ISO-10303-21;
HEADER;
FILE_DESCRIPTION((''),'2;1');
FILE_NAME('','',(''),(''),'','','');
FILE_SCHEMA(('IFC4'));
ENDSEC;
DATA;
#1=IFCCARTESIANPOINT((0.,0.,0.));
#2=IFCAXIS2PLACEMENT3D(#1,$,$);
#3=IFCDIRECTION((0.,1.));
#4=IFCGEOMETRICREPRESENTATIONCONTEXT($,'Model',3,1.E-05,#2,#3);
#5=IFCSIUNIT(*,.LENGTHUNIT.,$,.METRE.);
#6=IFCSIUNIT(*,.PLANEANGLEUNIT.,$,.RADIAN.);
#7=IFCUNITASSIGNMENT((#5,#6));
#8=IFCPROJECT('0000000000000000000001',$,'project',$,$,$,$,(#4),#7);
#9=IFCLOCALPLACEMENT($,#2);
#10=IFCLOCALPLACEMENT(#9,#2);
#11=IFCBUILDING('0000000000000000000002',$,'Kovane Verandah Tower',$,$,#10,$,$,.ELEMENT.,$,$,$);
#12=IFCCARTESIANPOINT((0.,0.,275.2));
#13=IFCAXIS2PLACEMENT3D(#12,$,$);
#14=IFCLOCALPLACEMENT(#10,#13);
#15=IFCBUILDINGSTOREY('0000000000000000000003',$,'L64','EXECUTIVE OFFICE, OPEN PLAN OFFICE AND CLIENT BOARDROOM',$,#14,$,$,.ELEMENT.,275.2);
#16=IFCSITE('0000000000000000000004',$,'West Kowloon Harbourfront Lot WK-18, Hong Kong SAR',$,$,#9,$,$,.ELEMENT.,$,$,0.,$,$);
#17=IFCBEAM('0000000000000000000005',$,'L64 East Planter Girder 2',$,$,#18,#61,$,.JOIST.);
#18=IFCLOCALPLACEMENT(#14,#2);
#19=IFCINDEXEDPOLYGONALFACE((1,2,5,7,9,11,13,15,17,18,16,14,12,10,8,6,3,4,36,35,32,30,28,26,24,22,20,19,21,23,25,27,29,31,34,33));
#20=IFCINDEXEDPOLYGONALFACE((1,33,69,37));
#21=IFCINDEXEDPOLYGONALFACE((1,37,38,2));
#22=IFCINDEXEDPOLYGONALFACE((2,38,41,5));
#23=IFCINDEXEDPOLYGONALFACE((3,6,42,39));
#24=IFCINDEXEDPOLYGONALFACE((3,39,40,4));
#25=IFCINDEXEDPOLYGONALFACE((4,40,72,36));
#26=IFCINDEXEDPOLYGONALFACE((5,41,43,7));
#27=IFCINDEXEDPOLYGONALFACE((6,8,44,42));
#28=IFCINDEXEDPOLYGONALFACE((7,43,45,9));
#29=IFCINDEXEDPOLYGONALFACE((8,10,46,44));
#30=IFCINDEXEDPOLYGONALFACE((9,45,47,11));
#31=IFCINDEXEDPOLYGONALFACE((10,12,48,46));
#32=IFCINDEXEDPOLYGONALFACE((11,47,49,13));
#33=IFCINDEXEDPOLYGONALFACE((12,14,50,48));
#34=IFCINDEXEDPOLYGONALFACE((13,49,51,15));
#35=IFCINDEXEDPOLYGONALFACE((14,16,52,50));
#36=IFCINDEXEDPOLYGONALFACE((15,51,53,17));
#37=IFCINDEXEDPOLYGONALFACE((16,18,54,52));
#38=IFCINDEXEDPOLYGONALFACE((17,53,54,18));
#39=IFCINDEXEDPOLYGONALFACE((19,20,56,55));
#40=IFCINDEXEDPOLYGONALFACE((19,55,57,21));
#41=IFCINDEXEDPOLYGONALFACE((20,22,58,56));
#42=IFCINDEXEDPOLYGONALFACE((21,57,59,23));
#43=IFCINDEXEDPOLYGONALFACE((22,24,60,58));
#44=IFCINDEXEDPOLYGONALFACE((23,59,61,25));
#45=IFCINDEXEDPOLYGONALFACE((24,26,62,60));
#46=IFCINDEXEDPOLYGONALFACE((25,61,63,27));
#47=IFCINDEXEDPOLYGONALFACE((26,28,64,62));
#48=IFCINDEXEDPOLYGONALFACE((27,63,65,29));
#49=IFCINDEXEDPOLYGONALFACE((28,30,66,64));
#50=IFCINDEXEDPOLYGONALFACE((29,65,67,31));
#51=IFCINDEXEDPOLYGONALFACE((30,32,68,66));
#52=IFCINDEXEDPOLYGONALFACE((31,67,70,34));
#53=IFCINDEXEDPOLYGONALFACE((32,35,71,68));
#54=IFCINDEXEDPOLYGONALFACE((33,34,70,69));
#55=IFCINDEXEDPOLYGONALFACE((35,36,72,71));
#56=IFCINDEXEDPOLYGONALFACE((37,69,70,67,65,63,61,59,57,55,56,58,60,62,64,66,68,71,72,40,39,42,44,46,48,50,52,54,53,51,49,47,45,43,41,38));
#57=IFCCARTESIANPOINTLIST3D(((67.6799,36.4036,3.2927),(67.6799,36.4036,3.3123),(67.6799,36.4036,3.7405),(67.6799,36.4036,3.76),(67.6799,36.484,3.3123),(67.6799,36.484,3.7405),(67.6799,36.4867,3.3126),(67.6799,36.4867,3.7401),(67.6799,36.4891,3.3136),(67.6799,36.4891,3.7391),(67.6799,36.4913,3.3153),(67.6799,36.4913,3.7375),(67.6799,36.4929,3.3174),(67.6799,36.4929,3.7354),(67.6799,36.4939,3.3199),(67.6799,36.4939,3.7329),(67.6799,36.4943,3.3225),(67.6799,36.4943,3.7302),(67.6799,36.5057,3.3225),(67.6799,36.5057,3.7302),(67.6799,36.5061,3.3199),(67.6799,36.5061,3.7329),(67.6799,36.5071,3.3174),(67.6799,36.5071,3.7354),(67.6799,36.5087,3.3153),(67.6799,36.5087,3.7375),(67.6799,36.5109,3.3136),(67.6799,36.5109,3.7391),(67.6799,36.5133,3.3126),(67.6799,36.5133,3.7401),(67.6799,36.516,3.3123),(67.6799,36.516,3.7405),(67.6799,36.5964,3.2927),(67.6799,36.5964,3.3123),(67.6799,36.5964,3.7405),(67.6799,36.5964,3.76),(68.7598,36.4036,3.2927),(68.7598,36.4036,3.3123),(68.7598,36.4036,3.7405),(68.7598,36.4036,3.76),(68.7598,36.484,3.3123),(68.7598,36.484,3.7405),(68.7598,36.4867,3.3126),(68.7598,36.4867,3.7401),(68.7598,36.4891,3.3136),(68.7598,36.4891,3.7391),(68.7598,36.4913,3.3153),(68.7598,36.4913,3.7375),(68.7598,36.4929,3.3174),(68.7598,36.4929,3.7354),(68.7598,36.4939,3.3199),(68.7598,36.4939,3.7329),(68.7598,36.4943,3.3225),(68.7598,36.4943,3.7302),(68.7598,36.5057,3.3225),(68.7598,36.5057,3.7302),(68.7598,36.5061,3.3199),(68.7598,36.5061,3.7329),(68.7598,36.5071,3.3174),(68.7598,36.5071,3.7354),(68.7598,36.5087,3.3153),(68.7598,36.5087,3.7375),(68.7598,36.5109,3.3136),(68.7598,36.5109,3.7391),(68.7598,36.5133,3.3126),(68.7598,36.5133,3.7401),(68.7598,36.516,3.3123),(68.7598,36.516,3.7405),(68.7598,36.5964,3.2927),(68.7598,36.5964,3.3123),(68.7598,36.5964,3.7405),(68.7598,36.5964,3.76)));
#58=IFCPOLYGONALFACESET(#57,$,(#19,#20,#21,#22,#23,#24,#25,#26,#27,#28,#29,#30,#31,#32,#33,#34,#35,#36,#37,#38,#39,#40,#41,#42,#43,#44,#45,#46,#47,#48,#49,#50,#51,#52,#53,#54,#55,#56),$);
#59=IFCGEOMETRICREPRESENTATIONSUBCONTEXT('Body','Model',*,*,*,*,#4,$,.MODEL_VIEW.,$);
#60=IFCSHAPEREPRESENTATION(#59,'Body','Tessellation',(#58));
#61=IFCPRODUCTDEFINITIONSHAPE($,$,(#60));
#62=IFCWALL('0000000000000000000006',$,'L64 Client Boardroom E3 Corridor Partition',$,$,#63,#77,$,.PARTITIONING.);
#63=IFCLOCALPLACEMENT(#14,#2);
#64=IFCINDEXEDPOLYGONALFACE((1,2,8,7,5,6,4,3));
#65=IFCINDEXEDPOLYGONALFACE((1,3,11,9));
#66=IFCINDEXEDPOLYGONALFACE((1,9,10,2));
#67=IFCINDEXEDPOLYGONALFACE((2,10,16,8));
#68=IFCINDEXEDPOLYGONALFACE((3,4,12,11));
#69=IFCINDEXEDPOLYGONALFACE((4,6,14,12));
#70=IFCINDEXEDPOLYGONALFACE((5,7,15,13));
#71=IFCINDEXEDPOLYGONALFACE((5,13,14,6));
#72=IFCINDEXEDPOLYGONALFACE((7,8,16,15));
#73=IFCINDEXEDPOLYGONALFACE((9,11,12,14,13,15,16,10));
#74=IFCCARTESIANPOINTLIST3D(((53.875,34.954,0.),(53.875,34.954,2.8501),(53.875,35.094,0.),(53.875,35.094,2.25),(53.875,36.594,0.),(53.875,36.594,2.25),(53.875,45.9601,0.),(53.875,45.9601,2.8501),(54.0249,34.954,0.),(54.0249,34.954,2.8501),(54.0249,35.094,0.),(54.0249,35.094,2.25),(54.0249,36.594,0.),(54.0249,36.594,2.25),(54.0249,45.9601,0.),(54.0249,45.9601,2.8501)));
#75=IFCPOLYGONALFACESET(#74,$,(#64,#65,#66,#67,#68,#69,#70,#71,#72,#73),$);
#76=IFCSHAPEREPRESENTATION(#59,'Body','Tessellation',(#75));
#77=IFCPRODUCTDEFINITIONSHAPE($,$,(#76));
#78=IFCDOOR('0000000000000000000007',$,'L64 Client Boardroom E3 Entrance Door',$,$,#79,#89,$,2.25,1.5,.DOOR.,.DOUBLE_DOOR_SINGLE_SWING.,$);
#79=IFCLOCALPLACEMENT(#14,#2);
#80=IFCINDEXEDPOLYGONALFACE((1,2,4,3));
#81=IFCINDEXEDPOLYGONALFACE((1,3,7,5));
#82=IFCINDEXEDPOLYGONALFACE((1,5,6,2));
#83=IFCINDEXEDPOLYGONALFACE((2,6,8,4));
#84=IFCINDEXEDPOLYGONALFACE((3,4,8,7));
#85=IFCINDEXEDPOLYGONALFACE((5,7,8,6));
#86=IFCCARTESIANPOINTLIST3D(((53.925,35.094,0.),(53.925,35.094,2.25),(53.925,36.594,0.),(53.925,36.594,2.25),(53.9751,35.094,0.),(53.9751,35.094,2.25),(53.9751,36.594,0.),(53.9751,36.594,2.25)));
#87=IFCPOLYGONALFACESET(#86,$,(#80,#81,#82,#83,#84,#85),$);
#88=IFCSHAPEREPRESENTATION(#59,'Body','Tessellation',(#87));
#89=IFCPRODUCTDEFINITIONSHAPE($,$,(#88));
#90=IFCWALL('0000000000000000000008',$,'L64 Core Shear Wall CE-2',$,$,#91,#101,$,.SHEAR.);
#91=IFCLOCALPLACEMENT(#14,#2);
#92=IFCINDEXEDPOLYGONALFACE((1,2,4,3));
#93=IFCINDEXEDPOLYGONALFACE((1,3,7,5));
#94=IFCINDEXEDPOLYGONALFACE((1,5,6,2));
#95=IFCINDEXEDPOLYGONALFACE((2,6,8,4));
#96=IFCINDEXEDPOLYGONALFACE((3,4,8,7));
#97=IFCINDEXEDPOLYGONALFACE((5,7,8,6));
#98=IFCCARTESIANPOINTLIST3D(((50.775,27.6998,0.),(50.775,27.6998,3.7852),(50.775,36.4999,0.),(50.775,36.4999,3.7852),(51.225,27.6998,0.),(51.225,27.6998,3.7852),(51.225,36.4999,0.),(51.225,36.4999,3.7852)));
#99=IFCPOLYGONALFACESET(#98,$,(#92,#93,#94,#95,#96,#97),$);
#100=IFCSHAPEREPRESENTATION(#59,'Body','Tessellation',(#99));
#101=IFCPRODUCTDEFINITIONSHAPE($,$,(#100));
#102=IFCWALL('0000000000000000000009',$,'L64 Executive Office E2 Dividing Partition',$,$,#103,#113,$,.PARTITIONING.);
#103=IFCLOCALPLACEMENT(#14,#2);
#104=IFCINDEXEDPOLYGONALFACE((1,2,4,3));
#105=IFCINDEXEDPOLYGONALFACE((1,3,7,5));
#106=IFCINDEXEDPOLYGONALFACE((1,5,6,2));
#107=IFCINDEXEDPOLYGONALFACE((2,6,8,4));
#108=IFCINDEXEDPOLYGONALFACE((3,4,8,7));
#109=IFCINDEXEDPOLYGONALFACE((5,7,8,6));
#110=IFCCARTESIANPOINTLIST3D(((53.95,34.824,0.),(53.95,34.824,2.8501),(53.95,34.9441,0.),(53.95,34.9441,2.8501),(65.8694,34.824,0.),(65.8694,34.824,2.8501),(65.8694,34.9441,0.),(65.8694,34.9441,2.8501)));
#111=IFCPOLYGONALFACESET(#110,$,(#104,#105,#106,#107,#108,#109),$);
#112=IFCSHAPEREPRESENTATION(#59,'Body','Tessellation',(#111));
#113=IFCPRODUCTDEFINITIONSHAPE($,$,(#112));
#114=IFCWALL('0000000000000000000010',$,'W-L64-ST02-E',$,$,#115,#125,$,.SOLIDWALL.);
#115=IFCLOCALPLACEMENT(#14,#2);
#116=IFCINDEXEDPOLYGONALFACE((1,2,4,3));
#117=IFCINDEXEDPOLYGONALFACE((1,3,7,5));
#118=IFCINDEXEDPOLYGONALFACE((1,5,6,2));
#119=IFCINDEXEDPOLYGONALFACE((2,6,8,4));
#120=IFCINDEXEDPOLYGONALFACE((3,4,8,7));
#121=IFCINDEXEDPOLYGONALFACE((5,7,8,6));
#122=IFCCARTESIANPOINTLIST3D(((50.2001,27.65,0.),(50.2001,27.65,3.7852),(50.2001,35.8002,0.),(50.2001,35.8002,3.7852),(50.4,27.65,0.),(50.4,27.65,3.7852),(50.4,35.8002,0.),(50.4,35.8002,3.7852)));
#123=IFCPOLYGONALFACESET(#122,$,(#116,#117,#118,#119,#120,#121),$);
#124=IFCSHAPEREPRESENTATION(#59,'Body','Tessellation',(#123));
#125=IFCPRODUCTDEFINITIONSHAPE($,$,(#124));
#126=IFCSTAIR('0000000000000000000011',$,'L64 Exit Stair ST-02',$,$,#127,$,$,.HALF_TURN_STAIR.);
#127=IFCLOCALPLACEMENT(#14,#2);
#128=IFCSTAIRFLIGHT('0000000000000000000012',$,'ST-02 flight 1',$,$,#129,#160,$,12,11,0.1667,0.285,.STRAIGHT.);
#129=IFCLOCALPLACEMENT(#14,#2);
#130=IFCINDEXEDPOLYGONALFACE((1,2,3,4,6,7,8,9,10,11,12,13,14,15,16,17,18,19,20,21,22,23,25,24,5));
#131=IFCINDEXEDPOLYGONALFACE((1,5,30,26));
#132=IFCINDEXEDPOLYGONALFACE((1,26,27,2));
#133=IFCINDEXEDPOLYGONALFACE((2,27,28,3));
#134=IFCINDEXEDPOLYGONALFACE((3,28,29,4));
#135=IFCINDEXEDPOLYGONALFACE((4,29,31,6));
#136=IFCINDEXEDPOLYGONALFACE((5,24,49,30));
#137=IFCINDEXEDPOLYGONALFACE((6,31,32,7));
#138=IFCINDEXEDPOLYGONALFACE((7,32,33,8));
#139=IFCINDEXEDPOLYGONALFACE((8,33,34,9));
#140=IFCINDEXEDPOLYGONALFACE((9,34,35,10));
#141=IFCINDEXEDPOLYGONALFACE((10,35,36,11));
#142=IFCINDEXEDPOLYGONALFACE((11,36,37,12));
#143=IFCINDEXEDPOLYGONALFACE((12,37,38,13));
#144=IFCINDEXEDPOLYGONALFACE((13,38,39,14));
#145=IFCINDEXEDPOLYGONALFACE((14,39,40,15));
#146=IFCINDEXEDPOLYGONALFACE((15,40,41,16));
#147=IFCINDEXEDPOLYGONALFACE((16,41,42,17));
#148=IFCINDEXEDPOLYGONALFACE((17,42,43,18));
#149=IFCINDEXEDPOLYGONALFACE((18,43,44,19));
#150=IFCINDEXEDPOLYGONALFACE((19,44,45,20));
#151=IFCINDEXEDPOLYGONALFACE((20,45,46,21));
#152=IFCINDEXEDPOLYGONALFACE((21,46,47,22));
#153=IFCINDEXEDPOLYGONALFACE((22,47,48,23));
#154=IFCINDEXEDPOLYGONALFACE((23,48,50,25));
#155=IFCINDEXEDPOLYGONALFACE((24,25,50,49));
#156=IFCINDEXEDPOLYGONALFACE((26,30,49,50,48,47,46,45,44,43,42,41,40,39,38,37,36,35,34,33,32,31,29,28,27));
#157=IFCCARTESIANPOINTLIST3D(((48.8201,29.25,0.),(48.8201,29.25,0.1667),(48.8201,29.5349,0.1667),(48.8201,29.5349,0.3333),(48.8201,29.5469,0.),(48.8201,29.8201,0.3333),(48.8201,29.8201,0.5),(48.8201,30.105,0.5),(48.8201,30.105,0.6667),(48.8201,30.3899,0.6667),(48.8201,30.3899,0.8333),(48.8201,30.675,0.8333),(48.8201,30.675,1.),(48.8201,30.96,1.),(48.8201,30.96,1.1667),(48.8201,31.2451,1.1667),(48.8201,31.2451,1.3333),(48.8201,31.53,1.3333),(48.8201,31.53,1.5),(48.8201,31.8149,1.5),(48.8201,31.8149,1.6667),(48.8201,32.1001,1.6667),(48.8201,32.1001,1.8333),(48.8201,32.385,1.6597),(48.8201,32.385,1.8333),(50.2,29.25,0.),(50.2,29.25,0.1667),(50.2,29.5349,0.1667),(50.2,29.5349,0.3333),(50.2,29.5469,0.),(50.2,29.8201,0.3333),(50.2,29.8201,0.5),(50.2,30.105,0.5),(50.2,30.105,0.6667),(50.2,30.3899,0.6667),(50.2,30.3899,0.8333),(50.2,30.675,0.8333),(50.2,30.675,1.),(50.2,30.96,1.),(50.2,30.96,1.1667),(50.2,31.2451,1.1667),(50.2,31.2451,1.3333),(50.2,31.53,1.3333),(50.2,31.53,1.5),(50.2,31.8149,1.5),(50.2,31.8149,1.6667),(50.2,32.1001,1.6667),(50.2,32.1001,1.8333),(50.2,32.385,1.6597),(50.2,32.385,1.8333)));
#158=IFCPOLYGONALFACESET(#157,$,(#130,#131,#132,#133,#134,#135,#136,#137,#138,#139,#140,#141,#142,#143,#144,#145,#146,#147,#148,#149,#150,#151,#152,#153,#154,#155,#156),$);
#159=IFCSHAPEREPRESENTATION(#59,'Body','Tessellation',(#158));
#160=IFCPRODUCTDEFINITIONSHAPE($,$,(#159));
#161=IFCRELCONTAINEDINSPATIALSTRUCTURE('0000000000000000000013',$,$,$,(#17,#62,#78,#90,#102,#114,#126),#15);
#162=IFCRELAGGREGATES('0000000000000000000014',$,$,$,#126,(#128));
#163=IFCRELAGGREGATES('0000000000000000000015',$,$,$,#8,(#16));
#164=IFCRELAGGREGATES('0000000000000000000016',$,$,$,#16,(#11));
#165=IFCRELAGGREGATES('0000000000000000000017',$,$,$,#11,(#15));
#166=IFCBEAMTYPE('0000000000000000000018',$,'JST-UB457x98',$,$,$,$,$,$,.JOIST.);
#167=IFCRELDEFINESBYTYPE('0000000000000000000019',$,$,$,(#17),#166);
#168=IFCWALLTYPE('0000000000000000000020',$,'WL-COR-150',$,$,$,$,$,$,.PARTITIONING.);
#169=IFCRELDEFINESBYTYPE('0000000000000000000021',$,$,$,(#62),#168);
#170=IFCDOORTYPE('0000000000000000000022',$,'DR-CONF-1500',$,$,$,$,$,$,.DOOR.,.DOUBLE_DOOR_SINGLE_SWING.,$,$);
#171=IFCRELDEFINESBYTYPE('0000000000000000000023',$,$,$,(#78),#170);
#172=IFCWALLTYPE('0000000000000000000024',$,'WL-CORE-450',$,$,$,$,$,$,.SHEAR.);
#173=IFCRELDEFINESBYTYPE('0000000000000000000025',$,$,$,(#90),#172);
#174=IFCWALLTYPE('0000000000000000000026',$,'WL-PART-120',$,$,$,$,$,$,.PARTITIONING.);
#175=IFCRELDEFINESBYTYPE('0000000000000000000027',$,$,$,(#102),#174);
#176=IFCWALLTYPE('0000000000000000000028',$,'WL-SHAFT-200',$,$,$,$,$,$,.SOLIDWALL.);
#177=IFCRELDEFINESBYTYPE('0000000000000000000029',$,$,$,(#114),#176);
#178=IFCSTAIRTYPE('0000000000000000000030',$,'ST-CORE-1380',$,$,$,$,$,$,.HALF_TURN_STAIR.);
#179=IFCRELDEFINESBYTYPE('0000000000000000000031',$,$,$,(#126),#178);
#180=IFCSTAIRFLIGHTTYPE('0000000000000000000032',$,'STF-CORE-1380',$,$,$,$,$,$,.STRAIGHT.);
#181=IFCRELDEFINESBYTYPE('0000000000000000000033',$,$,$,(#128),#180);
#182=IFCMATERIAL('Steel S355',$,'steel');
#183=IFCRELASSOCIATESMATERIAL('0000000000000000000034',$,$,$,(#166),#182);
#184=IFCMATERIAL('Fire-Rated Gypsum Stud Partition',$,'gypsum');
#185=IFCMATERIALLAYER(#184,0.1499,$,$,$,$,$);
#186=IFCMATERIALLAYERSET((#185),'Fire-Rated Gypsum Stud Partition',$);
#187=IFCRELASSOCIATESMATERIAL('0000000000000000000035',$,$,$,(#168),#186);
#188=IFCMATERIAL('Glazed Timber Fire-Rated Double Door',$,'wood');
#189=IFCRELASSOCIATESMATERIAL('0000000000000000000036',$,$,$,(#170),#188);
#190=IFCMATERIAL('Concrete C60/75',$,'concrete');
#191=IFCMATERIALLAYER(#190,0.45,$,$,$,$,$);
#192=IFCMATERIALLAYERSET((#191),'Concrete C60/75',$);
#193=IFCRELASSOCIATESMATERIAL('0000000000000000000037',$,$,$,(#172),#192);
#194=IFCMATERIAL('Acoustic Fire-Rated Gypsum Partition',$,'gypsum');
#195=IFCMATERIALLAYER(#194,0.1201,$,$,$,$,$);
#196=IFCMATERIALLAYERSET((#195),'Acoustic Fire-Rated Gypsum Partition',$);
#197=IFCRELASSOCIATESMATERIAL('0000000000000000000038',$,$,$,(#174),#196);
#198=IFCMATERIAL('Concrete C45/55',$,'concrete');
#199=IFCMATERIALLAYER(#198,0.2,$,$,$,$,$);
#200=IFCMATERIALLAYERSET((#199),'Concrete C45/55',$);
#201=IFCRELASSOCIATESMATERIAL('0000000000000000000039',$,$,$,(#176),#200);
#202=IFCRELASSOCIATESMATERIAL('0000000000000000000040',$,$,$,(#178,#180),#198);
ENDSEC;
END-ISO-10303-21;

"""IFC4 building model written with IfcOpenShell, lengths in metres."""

from ifc_helpers import new_model, si_unit, direction, frame, frame_2d, origin, origin_2d, place, context, subcontext, project, spatial, polyline, rectangle, i_section, outline, extrude, material, layer, layer_set, material_profile, profile_set, type_object, element, fill, aggregate, save


model = new_model("IFC4")

# Units and contexts
model_context = context("Model", 3, precision=1e-05, world=origin(), true_north=direction((0.0, 1.0)))
body_context = subcontext(model_context, "Body", "Model", "MODEL_VIEW")
ifc_project = project(units=[si_unit("LENGTHUNIT", "METRE"), si_unit("PLANEANGLEUNIT", "RADIAN")], contexts=[model_context])

# Site, building, storey
site_placement = place(None, origin())
site = spatial("IfcSite", under=ifc_project, at=site_placement, Name="West Kowloon Harbourfront Lot WK-18, Hong Kong SAR", CompositionType="ELEMENT", RefElevation=0.0)
building_placement = place(site_placement, origin())
building = spatial("IfcBuilding", under=site, at=building_placement, Name="Kovane Verandah Tower", CompositionType="ELEMENT")
storey_placement = place(building_placement, frame((0.0, 0.0, 275.2)))
storey = spatial("IfcBuildingStorey", under=building, at=storey_placement, Name="L64", Description="EXECUTIVE OFFICE, OPEN PLAN OFFICE AND CLIENT BOARDROOM", CompositionType="ELEMENT", Elevation=275.2)

# Shared definitions
ifc_material_1 = material(Name="Concrete C60/75", Category="concrete")

# Beam
ifc_material_2 = material(Name="Steel S355", Category="steel")
ifc_material_profile_1 = material_profile(ifc_material_2, i_section(OverallWidth=0.1929, OverallDepth=0.4673, WebThickness=0.0115, FlangeThickness=0.0195, FilletRadius=0.0103, at=origin_2d()), Name="UB457x191x98")
ifc_profile_set_1 = profile_set([ifc_material_profile_1], Name="Steel S355")
beam_type_1 = type_object("IfcBeamType", Name="JST-UB457x98", PredefinedType="JOIST", material=ifc_profile_set_1)
beam_1_placement = place(storey_placement, frame((67.6799, 36.5, 3.5264), z_axis=(1.0, 0.0, 0.0), x_axis=(0.0, 1.0, 0.0)))
element("IfcBeam", 1, at=beam_1_placement, inside=storey, type_object=beam_type_1, Name="L64 East Planter Girder 2", PredefinedType="JOIST", context=body_context, shape_type="SweptSolid", body=[
    extrude(i_section(OverallWidth=0.1929, OverallDepth=0.4673, WebThickness=0.0115, FlangeThickness=0.0195, FilletRadius=0.0103, at=origin_2d()), origin(), (0.0, 0.0, 1.0), 1.0798),
])

# Wall, opening, door
ifc_material_3 = material(Name="Fire-Rated Gypsum Stud Partition", Category="gypsum")
ifc_layer_1 = layer(ifc_material_3, 0.1499)
ifc_layer_set_1 = layer_set([ifc_layer_1], Name="Fire-Rated Gypsum Stud Partition")
wall_type_1 = type_object("IfcWallType", Name="WL-COR-150", PredefinedType="PARTITIONING", material=ifc_layer_set_1)
wall_1_placement = place(storey_placement, frame((53.95, 34.9541, 0.0), z_axis=(0.0, 0.0, 1.0), x_axis=(0.0, 1.0, 0.0)))
wall_1 = element("IfcWall", 2, at=wall_1_placement, inside=storey, type_object=wall_type_1, Name="L64 Client Boardroom E3 Corridor Partition", PredefinedType="PARTITIONING", context=body_context, shape_type="SweptSolid", body=[
    extrude(rectangle(XDim=11.0061, YDim=0.1499, at=frame_2d((5.5029, 0.0))), origin(), (0.0, 0.0, 1.0), 2.8501),
])
opening_placement = place(wall_1_placement, frame((0.1399, 0.0, 0.0)))
opening = element("IfcOpeningElement", 3, at=opening_placement, cuts=wall_1, PredefinedType="OPENING", context=body_context, shape_type="SweptSolid", body=[
    extrude(rectangle(XDim=1.5, YDim=2.25, at=frame_2d((0.75, 1.125))), frame((0.0, 0.075, 0.0), z_axis=(0.0, -1.0, 0.0), x_axis=(1.0, 0.0, 0.0)), (0.0, 0.0, 1.0), 0.1499),
])
ifc_material_4 = material(Name="Glazed Timber Fire-Rated Double Door", Category="wood")
door_type = type_object("IfcDoorType", Name="DR-CONF-1500", OperationType="DOUBLE_DOOR_SINGLE_SWING", PredefinedType="DOOR", material=ifc_material_4)
door_placement = place(opening_placement, origin())
door = element("IfcDoor", 4, at=door_placement, inside=storey, type_object=door_type, Name="L64 Client Boardroom E3 Entrance Door", OperationType="DOUBLE_DOOR_SINGLE_SWING", OverallHeight=2.25, OverallWidth=1.5, PredefinedType="DOOR", context=body_context, shape_type="SweptSolid", body=[
    extrude(rectangle(XDim=1.5, YDim=2.25, at=frame_2d((0.75, 1.125))), frame((0.0, 0.0249, 0.0), z_axis=(0.0, -1.0, 0.0), x_axis=(1.0, 0.0, 0.0)), (0.0, 0.0, 1.0), 0.05),
])
fill(opening, door)

# Walls
ifc_layer_2 = layer(ifc_material_1, 0.45)
ifc_layer_set_2 = layer_set([ifc_layer_2], Name="Concrete C60/75")
wall_type_2 = type_object("IfcWallType", Name="WL-CORE-450", PredefinedType="SHEAR", material=ifc_layer_set_2)
wall_2_placement = place(storey_placement, frame((51.0, 27.7, 0.0), z_axis=(0.0, 0.0, 1.0), x_axis=(0.0, 1.0, 0.0)))
element("IfcWall", 5, at=wall_2_placement, inside=storey, type_object=wall_type_2, Name="L64 Core Shear Wall CE-2", PredefinedType="SHEAR", context=body_context, shape_type="SweptSolid", body=[
    extrude(rectangle(XDim=8.8, YDim=0.45, at=frame_2d((4.3999, 0.0))), origin(), (0.0, 0.0, 1.0), 3.7852),
])
ifc_material_5 = material(Name="Acoustic Fire-Rated Gypsum Partition", Category="gypsum")
ifc_layer_3 = layer(ifc_material_5, 0.1201)
ifc_layer_set_3 = layer_set([ifc_layer_3], Name="Acoustic Fire-Rated Gypsum Partition")
wall_type_3 = type_object("IfcWallType", Name="WL-PART-120", PredefinedType="PARTITIONING", material=ifc_layer_set_3)
wall_3_placement = place(storey_placement, frame((53.95, 34.884, 0.0), z_axis=(0.0, 0.0, 1.0), x_axis=(1.0, 0.0, 0.0)))
element("IfcWall", 6, at=wall_3_placement, inside=storey, type_object=wall_type_3, Name="L64 Executive Office E2 Dividing Partition", PredefinedType="PARTITIONING", context=body_context, shape_type="SweptSolid", body=[
    extrude(rectangle(XDim=11.9194, YDim=0.1201, at=frame_2d((5.9597, 0.0))), origin(), (0.0, 0.0, 1.0), 2.8501),
])
ifc_material_6 = material(Name="Concrete C45/55", Category="concrete")
ifc_layer_4 = layer(ifc_material_6, 0.2)
ifc_layer_set_4 = layer_set([ifc_layer_4], Name="Concrete C45/55")
wall_type_4 = type_object("IfcWallType", Name="WL-SHAFT-200", PredefinedType="SOLIDWALL", material=ifc_layer_set_4)
wall_4_placement = place(storey_placement, frame((50.3, 27.6499, 0.0), z_axis=(0.0, 0.0, 1.0), x_axis=(0.0, 1.0, 0.0)))
element("IfcWall", 7, at=wall_4_placement, inside=storey, type_object=wall_type_4, Name="W-L64-ST02-E", PredefinedType="SOLIDWALL", context=body_context, shape_type="SweptSolid", body=[
    extrude(rectangle(XDim=8.1501, YDim=0.2, at=frame_2d((4.0752, 0.0))), origin(), (0.0, 0.0, 1.0), 3.7852),
])

# Stair, stair flight
stair_type = type_object("IfcStairType", Name="ST-CORE-1380", PredefinedType="HALF_TURN_STAIR", material=ifc_material_6)
stair_placement = place(storey_placement, origin())
stair = element("IfcStair", 8, at=stair_placement, inside=storey, type_object=stair_type, Name="L64 Exit Stair ST-02", PredefinedType="HALF_TURN_STAIR")
stair_flight_type = type_object("IfcStairFlightType", Name="STF-CORE-1380", PredefinedType="STRAIGHT", material=ifc_material_6)
stair_flight_placement = place(storey_placement, frame((49.51, 29.25, 0.0), z_axis=(0.0, 0.0, 1.0), x_axis=(0.0, 1.0, 0.0)))
stair_flight = element("IfcStairFlight", 9, at=stair_flight_placement, type_object=stair_flight_type, Name="ST-02 flight 1", NumberOfRisers=12, NumberOfTreads=11, PredefinedType="STRAIGHT", RiserHeight=0.1667, TreadLength=0.285, context=body_context, shape_type="SweptSolid", body=[
    extrude(outline(polyline([(0.0, 0.0), (0.0, 0.1667), (0.2849, 0.1667), (0.2849, 0.3333), (0.5701, 0.3333), (0.5701, 0.5), (0.855, 0.5), (0.855, 0.6667), (1.1399, 0.6667), (1.1399, 0.8333), (1.425, 0.8333), (1.425, 1.0), (1.71, 1.0), (1.71, 1.1667), (1.9951, 1.1667), (1.9951, 1.3333), (2.28, 1.3333), (2.28, 1.5), (2.5649, 1.5), (2.5649, 1.6667), (2.8501, 1.6667), (2.8501, 1.8333), (3.135, 1.8333), (3.135, 2.0), (3.135, 1.6597), (0.2969, 0.0), (0.0, 0.0)])), frame((0.0, 0.6899, 0.0), z_axis=(0.0, -1.0, 0.0), x_axis=(1.0, 0.0, 0.0)), (0.0, 0.0, 1.0), 1.3799),
])
aggregate(stair, [stair_flight])

save(model, "model.ifc")
